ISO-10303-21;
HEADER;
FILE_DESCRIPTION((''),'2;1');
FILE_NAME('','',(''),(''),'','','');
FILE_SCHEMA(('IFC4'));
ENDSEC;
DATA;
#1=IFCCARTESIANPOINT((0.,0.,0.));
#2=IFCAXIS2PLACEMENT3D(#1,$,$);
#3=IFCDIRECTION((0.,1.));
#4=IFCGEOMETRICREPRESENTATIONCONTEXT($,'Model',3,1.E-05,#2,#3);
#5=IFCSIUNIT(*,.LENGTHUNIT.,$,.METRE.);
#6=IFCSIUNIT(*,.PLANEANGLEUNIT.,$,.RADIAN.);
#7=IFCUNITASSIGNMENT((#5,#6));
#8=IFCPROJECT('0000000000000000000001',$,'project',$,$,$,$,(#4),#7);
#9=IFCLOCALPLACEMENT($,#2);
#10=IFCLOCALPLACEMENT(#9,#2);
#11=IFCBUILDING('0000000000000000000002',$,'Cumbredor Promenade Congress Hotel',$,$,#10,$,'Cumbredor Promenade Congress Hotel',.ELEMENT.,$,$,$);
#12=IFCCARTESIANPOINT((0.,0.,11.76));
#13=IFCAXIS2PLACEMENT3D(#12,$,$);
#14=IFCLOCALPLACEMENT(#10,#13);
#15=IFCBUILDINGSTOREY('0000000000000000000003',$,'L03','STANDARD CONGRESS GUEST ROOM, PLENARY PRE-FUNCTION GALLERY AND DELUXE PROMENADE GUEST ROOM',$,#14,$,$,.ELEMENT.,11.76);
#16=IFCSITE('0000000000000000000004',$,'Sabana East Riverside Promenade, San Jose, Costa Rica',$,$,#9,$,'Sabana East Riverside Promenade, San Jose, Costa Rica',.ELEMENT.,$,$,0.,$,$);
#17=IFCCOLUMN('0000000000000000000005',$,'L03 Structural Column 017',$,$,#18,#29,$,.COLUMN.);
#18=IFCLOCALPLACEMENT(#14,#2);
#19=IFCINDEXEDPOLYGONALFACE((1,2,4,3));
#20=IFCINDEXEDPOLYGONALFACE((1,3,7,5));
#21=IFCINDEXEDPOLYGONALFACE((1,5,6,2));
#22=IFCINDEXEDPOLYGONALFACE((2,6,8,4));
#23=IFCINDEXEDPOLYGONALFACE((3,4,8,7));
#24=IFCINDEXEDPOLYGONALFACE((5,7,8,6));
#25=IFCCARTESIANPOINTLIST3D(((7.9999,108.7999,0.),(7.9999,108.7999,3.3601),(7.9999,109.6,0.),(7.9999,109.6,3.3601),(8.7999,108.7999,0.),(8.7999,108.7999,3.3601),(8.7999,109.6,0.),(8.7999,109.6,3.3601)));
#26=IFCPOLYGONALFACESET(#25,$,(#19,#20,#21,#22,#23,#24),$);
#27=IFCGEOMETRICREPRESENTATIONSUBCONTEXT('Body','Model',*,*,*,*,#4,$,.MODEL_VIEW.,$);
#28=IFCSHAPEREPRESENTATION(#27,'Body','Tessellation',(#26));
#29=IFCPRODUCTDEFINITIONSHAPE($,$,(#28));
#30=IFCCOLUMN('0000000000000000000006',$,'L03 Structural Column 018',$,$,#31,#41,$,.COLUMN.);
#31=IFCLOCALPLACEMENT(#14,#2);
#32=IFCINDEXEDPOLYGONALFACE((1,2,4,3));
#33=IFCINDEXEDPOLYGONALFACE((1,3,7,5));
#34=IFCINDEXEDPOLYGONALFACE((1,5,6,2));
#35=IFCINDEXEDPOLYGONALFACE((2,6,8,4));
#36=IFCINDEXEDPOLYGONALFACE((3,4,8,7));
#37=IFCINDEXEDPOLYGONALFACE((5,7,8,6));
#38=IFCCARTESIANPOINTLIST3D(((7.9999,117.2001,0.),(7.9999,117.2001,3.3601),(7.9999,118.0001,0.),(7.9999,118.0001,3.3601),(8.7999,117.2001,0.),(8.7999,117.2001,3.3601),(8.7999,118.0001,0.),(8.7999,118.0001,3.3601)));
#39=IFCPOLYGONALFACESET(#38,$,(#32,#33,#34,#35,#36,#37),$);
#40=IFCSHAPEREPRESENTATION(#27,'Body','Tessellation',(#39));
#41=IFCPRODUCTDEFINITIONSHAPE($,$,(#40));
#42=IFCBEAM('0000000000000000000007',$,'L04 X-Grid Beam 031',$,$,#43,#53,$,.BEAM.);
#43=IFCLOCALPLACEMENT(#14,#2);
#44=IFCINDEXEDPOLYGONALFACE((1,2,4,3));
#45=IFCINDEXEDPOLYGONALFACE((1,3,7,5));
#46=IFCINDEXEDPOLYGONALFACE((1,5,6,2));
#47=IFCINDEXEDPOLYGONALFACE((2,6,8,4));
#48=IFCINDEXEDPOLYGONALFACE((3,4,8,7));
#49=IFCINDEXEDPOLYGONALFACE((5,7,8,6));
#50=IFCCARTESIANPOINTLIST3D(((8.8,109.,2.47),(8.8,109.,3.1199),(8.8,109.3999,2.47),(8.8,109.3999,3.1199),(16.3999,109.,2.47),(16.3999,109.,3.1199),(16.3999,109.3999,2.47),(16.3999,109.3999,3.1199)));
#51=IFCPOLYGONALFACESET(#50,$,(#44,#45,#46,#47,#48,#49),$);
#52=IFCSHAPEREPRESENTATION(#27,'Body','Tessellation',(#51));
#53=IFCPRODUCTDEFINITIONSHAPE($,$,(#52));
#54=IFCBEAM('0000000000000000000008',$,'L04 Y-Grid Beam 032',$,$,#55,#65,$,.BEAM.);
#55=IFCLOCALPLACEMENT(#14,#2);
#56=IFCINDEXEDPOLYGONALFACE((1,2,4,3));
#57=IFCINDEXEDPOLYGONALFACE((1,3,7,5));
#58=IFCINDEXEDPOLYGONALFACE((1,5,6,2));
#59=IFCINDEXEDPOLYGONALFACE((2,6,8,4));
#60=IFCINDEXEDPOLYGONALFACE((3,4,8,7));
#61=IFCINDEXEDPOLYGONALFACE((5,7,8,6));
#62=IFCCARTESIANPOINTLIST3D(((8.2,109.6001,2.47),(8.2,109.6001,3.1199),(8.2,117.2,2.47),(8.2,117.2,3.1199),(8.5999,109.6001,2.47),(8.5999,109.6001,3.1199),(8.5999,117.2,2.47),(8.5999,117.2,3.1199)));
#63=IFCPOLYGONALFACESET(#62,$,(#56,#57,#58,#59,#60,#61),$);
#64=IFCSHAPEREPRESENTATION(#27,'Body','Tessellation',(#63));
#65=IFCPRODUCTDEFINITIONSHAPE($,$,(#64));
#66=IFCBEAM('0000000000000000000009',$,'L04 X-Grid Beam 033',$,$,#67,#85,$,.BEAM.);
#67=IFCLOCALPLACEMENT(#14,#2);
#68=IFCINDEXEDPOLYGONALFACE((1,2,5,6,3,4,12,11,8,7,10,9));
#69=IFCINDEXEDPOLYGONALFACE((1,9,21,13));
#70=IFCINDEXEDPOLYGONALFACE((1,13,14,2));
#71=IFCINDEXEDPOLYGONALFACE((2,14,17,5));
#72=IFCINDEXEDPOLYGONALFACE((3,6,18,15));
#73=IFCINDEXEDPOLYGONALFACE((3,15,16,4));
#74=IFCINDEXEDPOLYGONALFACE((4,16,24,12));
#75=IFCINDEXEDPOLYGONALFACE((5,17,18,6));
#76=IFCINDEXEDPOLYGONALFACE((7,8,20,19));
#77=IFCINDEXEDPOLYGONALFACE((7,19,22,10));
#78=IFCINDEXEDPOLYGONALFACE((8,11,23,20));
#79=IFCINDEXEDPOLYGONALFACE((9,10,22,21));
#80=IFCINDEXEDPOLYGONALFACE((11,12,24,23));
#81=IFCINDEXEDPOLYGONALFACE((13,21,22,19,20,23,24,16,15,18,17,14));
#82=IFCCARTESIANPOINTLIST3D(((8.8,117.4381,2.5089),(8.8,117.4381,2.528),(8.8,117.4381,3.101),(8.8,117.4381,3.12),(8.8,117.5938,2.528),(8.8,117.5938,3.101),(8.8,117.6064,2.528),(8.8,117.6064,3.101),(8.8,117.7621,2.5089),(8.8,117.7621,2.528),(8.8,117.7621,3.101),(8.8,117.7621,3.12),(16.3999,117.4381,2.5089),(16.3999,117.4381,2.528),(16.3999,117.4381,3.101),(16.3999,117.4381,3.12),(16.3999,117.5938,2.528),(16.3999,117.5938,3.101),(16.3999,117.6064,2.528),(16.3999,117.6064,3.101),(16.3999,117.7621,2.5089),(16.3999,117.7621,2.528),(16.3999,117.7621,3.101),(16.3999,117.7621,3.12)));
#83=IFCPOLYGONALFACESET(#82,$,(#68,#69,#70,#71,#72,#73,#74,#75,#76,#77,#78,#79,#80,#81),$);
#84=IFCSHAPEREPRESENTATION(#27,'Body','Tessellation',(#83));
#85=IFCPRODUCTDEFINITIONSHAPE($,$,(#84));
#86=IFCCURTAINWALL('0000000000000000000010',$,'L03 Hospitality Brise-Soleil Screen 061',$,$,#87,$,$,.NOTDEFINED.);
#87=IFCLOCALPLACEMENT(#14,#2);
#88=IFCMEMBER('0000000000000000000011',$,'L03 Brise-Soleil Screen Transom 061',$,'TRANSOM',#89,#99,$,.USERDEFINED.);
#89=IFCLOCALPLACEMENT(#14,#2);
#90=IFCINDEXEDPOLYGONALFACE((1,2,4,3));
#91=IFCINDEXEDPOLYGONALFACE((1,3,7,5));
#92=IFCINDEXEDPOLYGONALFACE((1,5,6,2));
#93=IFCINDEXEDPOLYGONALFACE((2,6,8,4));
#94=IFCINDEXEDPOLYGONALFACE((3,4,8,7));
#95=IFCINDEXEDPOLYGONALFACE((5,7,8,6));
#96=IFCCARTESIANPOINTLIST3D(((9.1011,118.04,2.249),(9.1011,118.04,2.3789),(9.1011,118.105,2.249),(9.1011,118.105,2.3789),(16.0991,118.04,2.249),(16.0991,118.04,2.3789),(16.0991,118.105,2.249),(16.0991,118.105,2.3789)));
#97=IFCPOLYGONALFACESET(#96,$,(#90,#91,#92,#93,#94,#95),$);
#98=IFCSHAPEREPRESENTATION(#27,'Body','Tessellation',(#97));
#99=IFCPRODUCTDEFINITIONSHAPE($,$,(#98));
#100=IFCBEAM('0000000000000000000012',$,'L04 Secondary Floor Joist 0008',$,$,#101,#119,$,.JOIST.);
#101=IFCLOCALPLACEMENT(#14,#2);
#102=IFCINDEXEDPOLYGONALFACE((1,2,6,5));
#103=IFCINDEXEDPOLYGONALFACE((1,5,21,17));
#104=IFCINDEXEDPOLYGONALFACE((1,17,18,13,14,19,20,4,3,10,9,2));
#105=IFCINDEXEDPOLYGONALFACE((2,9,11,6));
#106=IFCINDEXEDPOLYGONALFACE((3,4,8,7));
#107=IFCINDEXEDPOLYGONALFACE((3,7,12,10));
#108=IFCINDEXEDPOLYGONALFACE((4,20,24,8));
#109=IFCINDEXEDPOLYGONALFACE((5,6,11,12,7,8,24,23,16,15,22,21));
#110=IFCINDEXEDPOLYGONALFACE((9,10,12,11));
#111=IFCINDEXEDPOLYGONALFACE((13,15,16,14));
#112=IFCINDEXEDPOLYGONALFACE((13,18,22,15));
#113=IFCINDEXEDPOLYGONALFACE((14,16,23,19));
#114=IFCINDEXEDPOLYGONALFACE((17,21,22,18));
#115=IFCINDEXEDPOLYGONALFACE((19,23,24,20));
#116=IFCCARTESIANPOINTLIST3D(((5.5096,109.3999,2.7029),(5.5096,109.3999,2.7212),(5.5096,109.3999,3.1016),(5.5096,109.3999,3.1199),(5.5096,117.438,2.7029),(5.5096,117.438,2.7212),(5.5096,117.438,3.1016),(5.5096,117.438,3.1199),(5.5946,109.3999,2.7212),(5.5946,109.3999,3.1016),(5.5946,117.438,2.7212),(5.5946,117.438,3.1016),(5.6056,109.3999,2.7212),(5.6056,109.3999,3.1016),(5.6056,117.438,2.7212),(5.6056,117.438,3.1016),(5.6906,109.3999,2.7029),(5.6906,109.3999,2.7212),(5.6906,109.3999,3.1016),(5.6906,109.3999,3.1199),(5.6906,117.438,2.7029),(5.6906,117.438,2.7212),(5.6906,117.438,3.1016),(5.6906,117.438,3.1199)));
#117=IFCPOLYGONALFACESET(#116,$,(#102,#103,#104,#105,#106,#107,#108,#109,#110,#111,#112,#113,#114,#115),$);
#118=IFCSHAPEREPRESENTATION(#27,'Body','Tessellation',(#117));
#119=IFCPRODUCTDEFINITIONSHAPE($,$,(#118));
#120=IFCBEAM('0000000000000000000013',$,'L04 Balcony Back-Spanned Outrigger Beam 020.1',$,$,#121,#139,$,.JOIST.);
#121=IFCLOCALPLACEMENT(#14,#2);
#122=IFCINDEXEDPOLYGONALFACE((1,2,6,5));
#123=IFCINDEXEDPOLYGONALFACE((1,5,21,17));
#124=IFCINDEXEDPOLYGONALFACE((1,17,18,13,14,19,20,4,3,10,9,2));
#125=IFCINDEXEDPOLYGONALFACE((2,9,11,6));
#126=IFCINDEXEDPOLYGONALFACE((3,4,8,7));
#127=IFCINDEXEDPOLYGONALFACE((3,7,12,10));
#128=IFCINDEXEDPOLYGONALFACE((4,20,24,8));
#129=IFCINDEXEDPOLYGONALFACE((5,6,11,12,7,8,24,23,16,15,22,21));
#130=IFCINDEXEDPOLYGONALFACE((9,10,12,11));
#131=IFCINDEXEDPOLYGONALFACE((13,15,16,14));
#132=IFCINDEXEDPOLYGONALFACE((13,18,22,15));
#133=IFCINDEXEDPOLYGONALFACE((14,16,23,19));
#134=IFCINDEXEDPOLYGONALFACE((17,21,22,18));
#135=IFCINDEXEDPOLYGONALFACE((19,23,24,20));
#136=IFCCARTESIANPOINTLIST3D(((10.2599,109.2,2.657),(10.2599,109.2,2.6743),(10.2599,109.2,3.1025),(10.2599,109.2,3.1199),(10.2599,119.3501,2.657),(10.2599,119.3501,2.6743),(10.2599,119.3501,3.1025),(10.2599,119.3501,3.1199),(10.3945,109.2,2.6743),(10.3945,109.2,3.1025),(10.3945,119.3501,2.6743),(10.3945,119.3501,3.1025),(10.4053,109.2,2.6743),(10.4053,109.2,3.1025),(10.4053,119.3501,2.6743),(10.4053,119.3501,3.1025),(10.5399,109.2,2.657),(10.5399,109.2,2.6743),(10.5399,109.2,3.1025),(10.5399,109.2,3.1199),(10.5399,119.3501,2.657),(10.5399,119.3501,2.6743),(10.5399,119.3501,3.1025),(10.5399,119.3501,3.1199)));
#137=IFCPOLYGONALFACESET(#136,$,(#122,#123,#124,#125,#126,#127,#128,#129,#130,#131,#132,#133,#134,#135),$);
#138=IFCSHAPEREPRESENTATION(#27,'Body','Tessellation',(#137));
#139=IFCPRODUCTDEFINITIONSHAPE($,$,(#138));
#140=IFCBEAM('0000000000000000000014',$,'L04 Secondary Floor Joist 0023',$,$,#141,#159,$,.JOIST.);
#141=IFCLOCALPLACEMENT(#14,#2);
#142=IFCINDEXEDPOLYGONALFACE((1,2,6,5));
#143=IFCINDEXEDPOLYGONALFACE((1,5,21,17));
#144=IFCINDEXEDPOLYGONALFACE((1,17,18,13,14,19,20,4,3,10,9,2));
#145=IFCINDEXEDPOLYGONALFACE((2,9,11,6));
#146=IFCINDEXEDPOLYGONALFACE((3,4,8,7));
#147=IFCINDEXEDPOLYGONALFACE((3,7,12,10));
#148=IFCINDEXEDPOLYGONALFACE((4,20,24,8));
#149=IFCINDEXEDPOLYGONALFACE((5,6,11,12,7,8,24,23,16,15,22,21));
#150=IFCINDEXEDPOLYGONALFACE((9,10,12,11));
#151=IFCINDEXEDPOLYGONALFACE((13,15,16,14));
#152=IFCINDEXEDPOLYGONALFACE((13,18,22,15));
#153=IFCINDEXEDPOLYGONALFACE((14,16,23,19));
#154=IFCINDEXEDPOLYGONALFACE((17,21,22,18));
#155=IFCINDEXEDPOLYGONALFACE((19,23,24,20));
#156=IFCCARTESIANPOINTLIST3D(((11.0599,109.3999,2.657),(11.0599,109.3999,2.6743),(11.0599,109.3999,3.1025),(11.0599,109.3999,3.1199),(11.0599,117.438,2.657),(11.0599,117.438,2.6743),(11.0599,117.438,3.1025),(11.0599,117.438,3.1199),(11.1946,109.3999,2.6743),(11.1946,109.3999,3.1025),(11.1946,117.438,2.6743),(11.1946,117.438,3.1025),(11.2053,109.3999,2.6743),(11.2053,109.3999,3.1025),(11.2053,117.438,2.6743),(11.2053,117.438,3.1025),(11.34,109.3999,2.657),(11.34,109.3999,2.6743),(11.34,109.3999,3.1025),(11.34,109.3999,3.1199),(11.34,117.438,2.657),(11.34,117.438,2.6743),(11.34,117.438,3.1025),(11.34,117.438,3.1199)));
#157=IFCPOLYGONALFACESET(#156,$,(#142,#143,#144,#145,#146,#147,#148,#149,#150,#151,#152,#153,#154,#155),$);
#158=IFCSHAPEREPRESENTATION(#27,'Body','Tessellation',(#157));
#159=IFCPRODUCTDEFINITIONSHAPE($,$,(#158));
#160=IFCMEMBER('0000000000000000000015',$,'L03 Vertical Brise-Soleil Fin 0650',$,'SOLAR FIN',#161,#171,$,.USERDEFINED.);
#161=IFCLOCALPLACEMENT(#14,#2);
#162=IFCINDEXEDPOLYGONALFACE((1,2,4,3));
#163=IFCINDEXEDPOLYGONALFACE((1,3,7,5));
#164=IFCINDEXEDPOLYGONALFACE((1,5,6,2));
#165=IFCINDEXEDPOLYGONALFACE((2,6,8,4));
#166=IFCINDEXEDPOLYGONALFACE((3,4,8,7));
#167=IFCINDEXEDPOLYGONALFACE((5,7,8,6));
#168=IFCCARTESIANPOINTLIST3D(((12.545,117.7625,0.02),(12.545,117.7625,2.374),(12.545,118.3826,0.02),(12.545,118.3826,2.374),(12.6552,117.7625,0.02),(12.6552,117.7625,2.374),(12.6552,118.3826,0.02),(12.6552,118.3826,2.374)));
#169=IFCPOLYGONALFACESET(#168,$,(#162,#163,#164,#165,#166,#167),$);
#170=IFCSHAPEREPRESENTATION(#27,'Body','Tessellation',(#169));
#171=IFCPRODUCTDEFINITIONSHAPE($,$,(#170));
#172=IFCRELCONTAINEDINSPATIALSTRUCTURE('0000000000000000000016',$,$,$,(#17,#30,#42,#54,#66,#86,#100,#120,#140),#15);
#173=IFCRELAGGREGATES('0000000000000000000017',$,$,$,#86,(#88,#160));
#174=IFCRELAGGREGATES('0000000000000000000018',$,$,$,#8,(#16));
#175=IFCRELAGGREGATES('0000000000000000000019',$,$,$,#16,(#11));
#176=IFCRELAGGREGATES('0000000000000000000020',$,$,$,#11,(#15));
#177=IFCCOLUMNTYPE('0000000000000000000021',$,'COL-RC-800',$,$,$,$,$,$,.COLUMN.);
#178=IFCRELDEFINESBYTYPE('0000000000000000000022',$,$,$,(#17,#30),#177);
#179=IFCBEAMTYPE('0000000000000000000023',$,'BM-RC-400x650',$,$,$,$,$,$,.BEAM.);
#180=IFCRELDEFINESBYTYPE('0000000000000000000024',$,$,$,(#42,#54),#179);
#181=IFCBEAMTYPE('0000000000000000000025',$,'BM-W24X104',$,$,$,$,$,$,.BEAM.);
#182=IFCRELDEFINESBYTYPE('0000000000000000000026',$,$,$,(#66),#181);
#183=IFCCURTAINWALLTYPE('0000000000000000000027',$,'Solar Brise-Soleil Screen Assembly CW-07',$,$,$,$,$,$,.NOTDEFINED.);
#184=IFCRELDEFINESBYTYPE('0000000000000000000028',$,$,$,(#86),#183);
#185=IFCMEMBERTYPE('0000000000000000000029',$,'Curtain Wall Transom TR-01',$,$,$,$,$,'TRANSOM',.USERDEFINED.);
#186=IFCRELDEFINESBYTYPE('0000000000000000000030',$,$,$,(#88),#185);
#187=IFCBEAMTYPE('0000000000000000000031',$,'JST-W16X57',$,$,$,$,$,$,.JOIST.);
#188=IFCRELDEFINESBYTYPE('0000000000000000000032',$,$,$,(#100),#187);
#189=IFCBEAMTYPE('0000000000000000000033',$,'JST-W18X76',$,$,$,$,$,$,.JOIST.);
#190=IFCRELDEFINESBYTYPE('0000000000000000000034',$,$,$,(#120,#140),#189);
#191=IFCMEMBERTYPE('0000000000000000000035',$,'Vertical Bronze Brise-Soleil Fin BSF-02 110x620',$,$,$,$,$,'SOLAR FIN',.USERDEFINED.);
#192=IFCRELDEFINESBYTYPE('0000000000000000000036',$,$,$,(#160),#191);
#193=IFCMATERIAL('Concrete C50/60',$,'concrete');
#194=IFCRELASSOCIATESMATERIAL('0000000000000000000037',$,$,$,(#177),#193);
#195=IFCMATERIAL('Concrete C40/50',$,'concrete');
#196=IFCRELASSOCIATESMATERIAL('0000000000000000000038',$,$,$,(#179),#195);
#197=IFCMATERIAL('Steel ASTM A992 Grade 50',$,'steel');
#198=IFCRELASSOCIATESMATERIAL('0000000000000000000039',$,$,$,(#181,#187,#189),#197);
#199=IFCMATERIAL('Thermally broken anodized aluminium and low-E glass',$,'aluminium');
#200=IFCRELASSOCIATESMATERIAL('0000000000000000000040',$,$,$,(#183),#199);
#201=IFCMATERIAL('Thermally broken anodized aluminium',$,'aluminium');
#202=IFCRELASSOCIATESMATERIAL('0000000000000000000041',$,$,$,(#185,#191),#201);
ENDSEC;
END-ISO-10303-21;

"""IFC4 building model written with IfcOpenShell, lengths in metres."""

from ifc_helpers import new_model, si_unit, direction, frame, origin, origin_2d, place, context, subcontext, project, spatial, rectangle, i_section, extrude, material, material_profile, profile_set, type_object, element, aggregate, save


model = new_model("IFC4")

# Units and contexts
model_context = context("Model", 3, precision=1e-05, world=origin(), true_north=direction((0.0, 1.0)))
body_context = subcontext(model_context, "Body", "Model", "MODEL_VIEW")
ifc_project = project(units=[si_unit("LENGTHUNIT", "METRE"), si_unit("PLANEANGLEUNIT", "RADIAN")], contexts=[model_context])

# Site, building, storey
site_placement = place(None, origin())
site = spatial("IfcSite", under=ifc_project, at=site_placement, Name="Sabana East Riverside Promenade, San Jose, Costa Rica", LongName="Sabana East Riverside Promenade, San Jose, Costa Rica", CompositionType="ELEMENT", RefElevation=0.0)
building_placement = place(site_placement, origin())
building = spatial("IfcBuilding", under=site, at=building_placement, Name="Cumbredor Promenade Congress Hotel", LongName="Cumbredor Promenade Congress Hotel", CompositionType="ELEMENT")
storey_placement = place(building_placement, frame((0.0, 0.0, 11.76)))
storey = spatial("IfcBuildingStorey", under=building, at=storey_placement, Name="L03", Description="STANDARD CONGRESS GUEST ROOM, PLENARY PRE-FUNCTION GALLERY AND DELUXE PROMENADE GUEST ROOM", CompositionType="ELEMENT", Elevation=11.76)

# Columns
ifc_material_1 = material(Name="Concrete C50/60", Category="concrete")
ifc_material_profile_1 = material_profile(ifc_material_1, rectangle(XDim=0.8, YDim=0.8, at=origin_2d()), Name="RC 800x800")
ifc_profile_set_1 = profile_set([ifc_material_profile_1], Name="Concrete C50/60")
column_type = type_object("IfcColumnType", Name="COL-RC-800", PredefinedType="COLUMN", material=ifc_profile_set_1)
for number, where, z_axis, x_axis, name in (
    (1, (8.3999, 109.2, 0.0), (0.0, 0.0, 1.0), (1.0, 0.0, 0.0), "L03 Structural Column 017"),
    (2, (8.3999, 117.6001, 0.0), (0.0, 0.0, 1.0), (1.0, 0.0, 0.0), "L03 Structural Column 018"),
):
    element("IfcColumn", number, at=place(storey_placement, frame(where, z_axis=z_axis, x_axis=x_axis)), inside=storey, type_object=column_type, Name=name, PredefinedType="COLUMN", context=body_context, shape_type="SweptSolid", body=[
        extrude(rectangle(XDim=0.8, YDim=0.8, at=origin_2d()), origin(), (0.0, 0.0, 1.0), 3.3601),
    ])

# Beams
ifc_material_2 = material(Name="Concrete C40/50", Category="concrete")
ifc_material_profile_2 = material_profile(ifc_material_2, rectangle(XDim=0.3999, YDim=0.6499, at=origin_2d()), Name="RC BEAM 400x650")
ifc_profile_set_2 = profile_set([ifc_material_profile_2], Name="Concrete C40/50")
beam_type_1 = type_object("IfcBeamType", Name="BM-RC-400x650", PredefinedType="BEAM", material=ifc_profile_set_2)
for number, where, z_axis, x_axis, name in (
    (3, (8.8, 109.2, 2.7949), (1.0, 0.0, 0.0), (0.0, 1.0, 0.0), "L04 X-Grid Beam 031"),
    (4, (8.3999, 109.6001, 2.7949), (0.0, 1.0, 0.0), (-1.0, 0.0, 0.0), "L04 Y-Grid Beam 032"),
):
    element("IfcBeam", number, at=place(storey_placement, frame(where, z_axis=z_axis, x_axis=x_axis)), inside=storey, type_object=beam_type_1, Name=name, PredefinedType="BEAM", context=body_context, shape_type="SweptSolid", body=[
        extrude(rectangle(XDim=0.3999, YDim=0.6499, at=origin_2d()), origin(), (0.0, 0.0, 1.0), 7.5999),
    ])
ifc_material_3 = material(Name="Steel ASTM A992 Grade 50", Category="steel")
ifc_material_profile_3 = material_profile(ifc_material_3, i_section(OverallWidth=0.324, OverallDepth=0.6111, WebThickness=0.0127, FlangeThickness=0.019, at=origin_2d()), Name="W24X104")
ifc_profile_set_3 = profile_set([ifc_material_profile_3], Name="Steel ASTM A992 Grade 50")
beam_type_2 = type_object("IfcBeamType", Name="BM-W24X104", PredefinedType="BEAM", material=ifc_profile_set_3)
beam_1_placement = place(storey_placement, frame((8.8, 117.6001, 2.8145), z_axis=(1.0, 0.0, 0.0), x_axis=(0.0, 1.0, 0.0)))
element("IfcBeam", 5, at=beam_1_placement, inside=storey, type_object=beam_type_2, Name="L04 X-Grid Beam 033", PredefinedType="BEAM", context=body_context, shape_type="SweptSolid", body=[
    extrude(i_section(OverallWidth=0.324, OverallDepth=0.6111, WebThickness=0.0127, FlangeThickness=0.019, at=origin_2d()), origin(), (0.0, 0.0, 1.0), 7.5999),
])

# Curtain wall, member
ifc_material_4 = material(Name="Thermally broken anodized aluminium and low-E glass", Category="aluminium")
curtain_wall_type = type_object("IfcCurtainWallType", Name="Solar Brise-Soleil Screen Assembly CW-07", PredefinedType="NOTDEFINED", material=ifc_material_4)
curtain_wall_placement = place(storey_placement, origin())
curtain_wall = element("IfcCurtainWall", 6, at=curtain_wall_placement, inside=storey, type_object=curtain_wall_type, Name="L03 Hospitality Brise-Soleil Screen 061", PredefinedType="NOTDEFINED")
ifc_material_5 = material(Name="Thermally broken anodized aluminium", Category="aluminium")
ifc_material_profile_4 = material_profile(ifc_material_5, rectangle(XDim=0.0649, YDim=0.1299, at=origin_2d()), Name="ALU TRANSOM 65x130")
ifc_profile_set_4 = profile_set([ifc_material_profile_4], Name="Thermally broken anodized aluminium")
member_type_1 = type_object("IfcMemberType", Name="Curtain Wall Transom TR-01", ElementType="TRANSOM", PredefinedType="USERDEFINED", material=ifc_profile_set_4)
member_1_placement = place(storey_placement, frame((9.1011, 118.0725, 2.314), z_axis=(1.0, 0.0, 0.0), x_axis=(0.0, 1.0, 0.0)))
member_1 = element("IfcMember", 7, at=member_1_placement, type_object=member_type_1, Name="L03 Brise-Soleil Screen Transom 061", ObjectType="TRANSOM", PredefinedType="USERDEFINED", context=body_context, shape_type="SweptSolid", body=[
    extrude(rectangle(XDim=0.0649, YDim=0.1299, at=origin_2d()), origin(), (0.0, 0.0, 1.0), 6.998),
])

# Beams
ifc_material_profile_5 = material_profile(ifc_material_3, i_section(OverallWidth=0.1809, OverallDepth=0.417, WebThickness=0.011, FlangeThickness=0.0183, at=origin_2d()), Name="W16X57")
ifc_profile_set_5 = profile_set([ifc_material_profile_5], Name="Steel ASTM A992 Grade 50")
beam_type_3 = type_object("IfcBeamType", Name="JST-W16X57", PredefinedType="JOIST", material=ifc_profile_set_5)
beam_2_placement = place(storey_placement, frame((5.6001, 109.3999, 2.9114), z_axis=(0.0, 1.0, 0.0), x_axis=(-1.0, 0.0, 0.0)))
element("IfcBeam", 8, at=beam_2_placement, inside=storey, type_object=beam_type_3, Name="L04 Secondary Floor Joist 0008", PredefinedType="JOIST", context=body_context, shape_type="SweptSolid", body=[
    extrude(i_section(OverallWidth=0.1809, OverallDepth=0.417, WebThickness=0.011, FlangeThickness=0.0183, at=origin_2d()), origin(), (0.0, 0.0, 1.0), 8.0381),
])
ifc_material_profile_6 = material_profile(ifc_material_3, i_section(OverallWidth=0.28, OverallDepth=0.4629, WebThickness=0.0107, FlangeThickness=0.0173, at=origin_2d()), Name="W18X76")
ifc_profile_set_6 = profile_set([ifc_material_profile_6], Name="Steel ASTM A992 Grade 50")
beam_type_4 = type_object("IfcBeamType", Name="JST-W18X76", PredefinedType="JOIST", material=ifc_profile_set_6)
beam_3_placement = place(storey_placement, frame((10.3999, 109.2, 2.8884), z_axis=(0.0, 1.0, 0.0), x_axis=(-1.0, 0.0, 0.0)))
element("IfcBeam", 9, at=beam_3_placement, inside=storey, type_object=beam_type_4, Name="L04 Balcony Back-Spanned Outrigger Beam 020.1", PredefinedType="JOIST", context=body_context, shape_type="SweptSolid", body=[
    extrude(i_section(OverallWidth=0.28, OverallDepth=0.4629, WebThickness=0.0107, FlangeThickness=0.0173, at=origin_2d()), origin(), (0.0, 0.0, 1.0), 10.1501),
])
beam_4_placement = place(storey_placement, frame((11.2, 109.3999, 2.8884), z_axis=(0.0, 1.0, 0.0), x_axis=(-1.0, 0.0, 0.0)))
element("IfcBeam", 10, at=beam_4_placement, inside=storey, type_object=beam_type_4, Name="L04 Secondary Floor Joist 0023", PredefinedType="JOIST", context=body_context, shape_type="SweptSolid", body=[
    extrude(i_section(OverallWidth=0.28, OverallDepth=0.4629, WebThickness=0.0107, FlangeThickness=0.0173, at=origin_2d()), origin(), (0.0, 0.0, 1.0), 8.0381),
])

# Member
ifc_material_profile_7 = material_profile(ifc_material_5, rectangle(XDim=0.1101, YDim=0.6201, at=origin_2d()), Name="ARCH FIN 110x620")
ifc_profile_set_7 = profile_set([ifc_material_profile_7], Name="Thermally broken anodized aluminium")
member_type_2 = type_object("IfcMemberType", Name="Vertical Bronze Brise-Soleil Fin BSF-02 110x620", ElementType="SOLAR FIN", PredefinedType="USERDEFINED", material=ifc_profile_set_7)
member_2_placement = place(storey_placement, frame((12.6001, 118.0725, 0.02), z_axis=(0.0, 0.0, 1.0), x_axis=(1.0, 0.0, 0.0)))
member_2 = element("IfcMember", 11, at=member_2_placement, type_object=member_type_2, Name="L03 Vertical Brise-Soleil Fin 0650", ObjectType="SOLAR FIN", PredefinedType="USERDEFINED", context=body_context, shape_type="SweptSolid", body=[
    extrude(rectangle(XDim=0.1101, YDim=0.6201, at=origin_2d()), origin(), (0.0, 0.0, 1.0), 2.354),
])

aggregate(curtain_wall, [member_1, member_2])

save(model, "model.ifc")
